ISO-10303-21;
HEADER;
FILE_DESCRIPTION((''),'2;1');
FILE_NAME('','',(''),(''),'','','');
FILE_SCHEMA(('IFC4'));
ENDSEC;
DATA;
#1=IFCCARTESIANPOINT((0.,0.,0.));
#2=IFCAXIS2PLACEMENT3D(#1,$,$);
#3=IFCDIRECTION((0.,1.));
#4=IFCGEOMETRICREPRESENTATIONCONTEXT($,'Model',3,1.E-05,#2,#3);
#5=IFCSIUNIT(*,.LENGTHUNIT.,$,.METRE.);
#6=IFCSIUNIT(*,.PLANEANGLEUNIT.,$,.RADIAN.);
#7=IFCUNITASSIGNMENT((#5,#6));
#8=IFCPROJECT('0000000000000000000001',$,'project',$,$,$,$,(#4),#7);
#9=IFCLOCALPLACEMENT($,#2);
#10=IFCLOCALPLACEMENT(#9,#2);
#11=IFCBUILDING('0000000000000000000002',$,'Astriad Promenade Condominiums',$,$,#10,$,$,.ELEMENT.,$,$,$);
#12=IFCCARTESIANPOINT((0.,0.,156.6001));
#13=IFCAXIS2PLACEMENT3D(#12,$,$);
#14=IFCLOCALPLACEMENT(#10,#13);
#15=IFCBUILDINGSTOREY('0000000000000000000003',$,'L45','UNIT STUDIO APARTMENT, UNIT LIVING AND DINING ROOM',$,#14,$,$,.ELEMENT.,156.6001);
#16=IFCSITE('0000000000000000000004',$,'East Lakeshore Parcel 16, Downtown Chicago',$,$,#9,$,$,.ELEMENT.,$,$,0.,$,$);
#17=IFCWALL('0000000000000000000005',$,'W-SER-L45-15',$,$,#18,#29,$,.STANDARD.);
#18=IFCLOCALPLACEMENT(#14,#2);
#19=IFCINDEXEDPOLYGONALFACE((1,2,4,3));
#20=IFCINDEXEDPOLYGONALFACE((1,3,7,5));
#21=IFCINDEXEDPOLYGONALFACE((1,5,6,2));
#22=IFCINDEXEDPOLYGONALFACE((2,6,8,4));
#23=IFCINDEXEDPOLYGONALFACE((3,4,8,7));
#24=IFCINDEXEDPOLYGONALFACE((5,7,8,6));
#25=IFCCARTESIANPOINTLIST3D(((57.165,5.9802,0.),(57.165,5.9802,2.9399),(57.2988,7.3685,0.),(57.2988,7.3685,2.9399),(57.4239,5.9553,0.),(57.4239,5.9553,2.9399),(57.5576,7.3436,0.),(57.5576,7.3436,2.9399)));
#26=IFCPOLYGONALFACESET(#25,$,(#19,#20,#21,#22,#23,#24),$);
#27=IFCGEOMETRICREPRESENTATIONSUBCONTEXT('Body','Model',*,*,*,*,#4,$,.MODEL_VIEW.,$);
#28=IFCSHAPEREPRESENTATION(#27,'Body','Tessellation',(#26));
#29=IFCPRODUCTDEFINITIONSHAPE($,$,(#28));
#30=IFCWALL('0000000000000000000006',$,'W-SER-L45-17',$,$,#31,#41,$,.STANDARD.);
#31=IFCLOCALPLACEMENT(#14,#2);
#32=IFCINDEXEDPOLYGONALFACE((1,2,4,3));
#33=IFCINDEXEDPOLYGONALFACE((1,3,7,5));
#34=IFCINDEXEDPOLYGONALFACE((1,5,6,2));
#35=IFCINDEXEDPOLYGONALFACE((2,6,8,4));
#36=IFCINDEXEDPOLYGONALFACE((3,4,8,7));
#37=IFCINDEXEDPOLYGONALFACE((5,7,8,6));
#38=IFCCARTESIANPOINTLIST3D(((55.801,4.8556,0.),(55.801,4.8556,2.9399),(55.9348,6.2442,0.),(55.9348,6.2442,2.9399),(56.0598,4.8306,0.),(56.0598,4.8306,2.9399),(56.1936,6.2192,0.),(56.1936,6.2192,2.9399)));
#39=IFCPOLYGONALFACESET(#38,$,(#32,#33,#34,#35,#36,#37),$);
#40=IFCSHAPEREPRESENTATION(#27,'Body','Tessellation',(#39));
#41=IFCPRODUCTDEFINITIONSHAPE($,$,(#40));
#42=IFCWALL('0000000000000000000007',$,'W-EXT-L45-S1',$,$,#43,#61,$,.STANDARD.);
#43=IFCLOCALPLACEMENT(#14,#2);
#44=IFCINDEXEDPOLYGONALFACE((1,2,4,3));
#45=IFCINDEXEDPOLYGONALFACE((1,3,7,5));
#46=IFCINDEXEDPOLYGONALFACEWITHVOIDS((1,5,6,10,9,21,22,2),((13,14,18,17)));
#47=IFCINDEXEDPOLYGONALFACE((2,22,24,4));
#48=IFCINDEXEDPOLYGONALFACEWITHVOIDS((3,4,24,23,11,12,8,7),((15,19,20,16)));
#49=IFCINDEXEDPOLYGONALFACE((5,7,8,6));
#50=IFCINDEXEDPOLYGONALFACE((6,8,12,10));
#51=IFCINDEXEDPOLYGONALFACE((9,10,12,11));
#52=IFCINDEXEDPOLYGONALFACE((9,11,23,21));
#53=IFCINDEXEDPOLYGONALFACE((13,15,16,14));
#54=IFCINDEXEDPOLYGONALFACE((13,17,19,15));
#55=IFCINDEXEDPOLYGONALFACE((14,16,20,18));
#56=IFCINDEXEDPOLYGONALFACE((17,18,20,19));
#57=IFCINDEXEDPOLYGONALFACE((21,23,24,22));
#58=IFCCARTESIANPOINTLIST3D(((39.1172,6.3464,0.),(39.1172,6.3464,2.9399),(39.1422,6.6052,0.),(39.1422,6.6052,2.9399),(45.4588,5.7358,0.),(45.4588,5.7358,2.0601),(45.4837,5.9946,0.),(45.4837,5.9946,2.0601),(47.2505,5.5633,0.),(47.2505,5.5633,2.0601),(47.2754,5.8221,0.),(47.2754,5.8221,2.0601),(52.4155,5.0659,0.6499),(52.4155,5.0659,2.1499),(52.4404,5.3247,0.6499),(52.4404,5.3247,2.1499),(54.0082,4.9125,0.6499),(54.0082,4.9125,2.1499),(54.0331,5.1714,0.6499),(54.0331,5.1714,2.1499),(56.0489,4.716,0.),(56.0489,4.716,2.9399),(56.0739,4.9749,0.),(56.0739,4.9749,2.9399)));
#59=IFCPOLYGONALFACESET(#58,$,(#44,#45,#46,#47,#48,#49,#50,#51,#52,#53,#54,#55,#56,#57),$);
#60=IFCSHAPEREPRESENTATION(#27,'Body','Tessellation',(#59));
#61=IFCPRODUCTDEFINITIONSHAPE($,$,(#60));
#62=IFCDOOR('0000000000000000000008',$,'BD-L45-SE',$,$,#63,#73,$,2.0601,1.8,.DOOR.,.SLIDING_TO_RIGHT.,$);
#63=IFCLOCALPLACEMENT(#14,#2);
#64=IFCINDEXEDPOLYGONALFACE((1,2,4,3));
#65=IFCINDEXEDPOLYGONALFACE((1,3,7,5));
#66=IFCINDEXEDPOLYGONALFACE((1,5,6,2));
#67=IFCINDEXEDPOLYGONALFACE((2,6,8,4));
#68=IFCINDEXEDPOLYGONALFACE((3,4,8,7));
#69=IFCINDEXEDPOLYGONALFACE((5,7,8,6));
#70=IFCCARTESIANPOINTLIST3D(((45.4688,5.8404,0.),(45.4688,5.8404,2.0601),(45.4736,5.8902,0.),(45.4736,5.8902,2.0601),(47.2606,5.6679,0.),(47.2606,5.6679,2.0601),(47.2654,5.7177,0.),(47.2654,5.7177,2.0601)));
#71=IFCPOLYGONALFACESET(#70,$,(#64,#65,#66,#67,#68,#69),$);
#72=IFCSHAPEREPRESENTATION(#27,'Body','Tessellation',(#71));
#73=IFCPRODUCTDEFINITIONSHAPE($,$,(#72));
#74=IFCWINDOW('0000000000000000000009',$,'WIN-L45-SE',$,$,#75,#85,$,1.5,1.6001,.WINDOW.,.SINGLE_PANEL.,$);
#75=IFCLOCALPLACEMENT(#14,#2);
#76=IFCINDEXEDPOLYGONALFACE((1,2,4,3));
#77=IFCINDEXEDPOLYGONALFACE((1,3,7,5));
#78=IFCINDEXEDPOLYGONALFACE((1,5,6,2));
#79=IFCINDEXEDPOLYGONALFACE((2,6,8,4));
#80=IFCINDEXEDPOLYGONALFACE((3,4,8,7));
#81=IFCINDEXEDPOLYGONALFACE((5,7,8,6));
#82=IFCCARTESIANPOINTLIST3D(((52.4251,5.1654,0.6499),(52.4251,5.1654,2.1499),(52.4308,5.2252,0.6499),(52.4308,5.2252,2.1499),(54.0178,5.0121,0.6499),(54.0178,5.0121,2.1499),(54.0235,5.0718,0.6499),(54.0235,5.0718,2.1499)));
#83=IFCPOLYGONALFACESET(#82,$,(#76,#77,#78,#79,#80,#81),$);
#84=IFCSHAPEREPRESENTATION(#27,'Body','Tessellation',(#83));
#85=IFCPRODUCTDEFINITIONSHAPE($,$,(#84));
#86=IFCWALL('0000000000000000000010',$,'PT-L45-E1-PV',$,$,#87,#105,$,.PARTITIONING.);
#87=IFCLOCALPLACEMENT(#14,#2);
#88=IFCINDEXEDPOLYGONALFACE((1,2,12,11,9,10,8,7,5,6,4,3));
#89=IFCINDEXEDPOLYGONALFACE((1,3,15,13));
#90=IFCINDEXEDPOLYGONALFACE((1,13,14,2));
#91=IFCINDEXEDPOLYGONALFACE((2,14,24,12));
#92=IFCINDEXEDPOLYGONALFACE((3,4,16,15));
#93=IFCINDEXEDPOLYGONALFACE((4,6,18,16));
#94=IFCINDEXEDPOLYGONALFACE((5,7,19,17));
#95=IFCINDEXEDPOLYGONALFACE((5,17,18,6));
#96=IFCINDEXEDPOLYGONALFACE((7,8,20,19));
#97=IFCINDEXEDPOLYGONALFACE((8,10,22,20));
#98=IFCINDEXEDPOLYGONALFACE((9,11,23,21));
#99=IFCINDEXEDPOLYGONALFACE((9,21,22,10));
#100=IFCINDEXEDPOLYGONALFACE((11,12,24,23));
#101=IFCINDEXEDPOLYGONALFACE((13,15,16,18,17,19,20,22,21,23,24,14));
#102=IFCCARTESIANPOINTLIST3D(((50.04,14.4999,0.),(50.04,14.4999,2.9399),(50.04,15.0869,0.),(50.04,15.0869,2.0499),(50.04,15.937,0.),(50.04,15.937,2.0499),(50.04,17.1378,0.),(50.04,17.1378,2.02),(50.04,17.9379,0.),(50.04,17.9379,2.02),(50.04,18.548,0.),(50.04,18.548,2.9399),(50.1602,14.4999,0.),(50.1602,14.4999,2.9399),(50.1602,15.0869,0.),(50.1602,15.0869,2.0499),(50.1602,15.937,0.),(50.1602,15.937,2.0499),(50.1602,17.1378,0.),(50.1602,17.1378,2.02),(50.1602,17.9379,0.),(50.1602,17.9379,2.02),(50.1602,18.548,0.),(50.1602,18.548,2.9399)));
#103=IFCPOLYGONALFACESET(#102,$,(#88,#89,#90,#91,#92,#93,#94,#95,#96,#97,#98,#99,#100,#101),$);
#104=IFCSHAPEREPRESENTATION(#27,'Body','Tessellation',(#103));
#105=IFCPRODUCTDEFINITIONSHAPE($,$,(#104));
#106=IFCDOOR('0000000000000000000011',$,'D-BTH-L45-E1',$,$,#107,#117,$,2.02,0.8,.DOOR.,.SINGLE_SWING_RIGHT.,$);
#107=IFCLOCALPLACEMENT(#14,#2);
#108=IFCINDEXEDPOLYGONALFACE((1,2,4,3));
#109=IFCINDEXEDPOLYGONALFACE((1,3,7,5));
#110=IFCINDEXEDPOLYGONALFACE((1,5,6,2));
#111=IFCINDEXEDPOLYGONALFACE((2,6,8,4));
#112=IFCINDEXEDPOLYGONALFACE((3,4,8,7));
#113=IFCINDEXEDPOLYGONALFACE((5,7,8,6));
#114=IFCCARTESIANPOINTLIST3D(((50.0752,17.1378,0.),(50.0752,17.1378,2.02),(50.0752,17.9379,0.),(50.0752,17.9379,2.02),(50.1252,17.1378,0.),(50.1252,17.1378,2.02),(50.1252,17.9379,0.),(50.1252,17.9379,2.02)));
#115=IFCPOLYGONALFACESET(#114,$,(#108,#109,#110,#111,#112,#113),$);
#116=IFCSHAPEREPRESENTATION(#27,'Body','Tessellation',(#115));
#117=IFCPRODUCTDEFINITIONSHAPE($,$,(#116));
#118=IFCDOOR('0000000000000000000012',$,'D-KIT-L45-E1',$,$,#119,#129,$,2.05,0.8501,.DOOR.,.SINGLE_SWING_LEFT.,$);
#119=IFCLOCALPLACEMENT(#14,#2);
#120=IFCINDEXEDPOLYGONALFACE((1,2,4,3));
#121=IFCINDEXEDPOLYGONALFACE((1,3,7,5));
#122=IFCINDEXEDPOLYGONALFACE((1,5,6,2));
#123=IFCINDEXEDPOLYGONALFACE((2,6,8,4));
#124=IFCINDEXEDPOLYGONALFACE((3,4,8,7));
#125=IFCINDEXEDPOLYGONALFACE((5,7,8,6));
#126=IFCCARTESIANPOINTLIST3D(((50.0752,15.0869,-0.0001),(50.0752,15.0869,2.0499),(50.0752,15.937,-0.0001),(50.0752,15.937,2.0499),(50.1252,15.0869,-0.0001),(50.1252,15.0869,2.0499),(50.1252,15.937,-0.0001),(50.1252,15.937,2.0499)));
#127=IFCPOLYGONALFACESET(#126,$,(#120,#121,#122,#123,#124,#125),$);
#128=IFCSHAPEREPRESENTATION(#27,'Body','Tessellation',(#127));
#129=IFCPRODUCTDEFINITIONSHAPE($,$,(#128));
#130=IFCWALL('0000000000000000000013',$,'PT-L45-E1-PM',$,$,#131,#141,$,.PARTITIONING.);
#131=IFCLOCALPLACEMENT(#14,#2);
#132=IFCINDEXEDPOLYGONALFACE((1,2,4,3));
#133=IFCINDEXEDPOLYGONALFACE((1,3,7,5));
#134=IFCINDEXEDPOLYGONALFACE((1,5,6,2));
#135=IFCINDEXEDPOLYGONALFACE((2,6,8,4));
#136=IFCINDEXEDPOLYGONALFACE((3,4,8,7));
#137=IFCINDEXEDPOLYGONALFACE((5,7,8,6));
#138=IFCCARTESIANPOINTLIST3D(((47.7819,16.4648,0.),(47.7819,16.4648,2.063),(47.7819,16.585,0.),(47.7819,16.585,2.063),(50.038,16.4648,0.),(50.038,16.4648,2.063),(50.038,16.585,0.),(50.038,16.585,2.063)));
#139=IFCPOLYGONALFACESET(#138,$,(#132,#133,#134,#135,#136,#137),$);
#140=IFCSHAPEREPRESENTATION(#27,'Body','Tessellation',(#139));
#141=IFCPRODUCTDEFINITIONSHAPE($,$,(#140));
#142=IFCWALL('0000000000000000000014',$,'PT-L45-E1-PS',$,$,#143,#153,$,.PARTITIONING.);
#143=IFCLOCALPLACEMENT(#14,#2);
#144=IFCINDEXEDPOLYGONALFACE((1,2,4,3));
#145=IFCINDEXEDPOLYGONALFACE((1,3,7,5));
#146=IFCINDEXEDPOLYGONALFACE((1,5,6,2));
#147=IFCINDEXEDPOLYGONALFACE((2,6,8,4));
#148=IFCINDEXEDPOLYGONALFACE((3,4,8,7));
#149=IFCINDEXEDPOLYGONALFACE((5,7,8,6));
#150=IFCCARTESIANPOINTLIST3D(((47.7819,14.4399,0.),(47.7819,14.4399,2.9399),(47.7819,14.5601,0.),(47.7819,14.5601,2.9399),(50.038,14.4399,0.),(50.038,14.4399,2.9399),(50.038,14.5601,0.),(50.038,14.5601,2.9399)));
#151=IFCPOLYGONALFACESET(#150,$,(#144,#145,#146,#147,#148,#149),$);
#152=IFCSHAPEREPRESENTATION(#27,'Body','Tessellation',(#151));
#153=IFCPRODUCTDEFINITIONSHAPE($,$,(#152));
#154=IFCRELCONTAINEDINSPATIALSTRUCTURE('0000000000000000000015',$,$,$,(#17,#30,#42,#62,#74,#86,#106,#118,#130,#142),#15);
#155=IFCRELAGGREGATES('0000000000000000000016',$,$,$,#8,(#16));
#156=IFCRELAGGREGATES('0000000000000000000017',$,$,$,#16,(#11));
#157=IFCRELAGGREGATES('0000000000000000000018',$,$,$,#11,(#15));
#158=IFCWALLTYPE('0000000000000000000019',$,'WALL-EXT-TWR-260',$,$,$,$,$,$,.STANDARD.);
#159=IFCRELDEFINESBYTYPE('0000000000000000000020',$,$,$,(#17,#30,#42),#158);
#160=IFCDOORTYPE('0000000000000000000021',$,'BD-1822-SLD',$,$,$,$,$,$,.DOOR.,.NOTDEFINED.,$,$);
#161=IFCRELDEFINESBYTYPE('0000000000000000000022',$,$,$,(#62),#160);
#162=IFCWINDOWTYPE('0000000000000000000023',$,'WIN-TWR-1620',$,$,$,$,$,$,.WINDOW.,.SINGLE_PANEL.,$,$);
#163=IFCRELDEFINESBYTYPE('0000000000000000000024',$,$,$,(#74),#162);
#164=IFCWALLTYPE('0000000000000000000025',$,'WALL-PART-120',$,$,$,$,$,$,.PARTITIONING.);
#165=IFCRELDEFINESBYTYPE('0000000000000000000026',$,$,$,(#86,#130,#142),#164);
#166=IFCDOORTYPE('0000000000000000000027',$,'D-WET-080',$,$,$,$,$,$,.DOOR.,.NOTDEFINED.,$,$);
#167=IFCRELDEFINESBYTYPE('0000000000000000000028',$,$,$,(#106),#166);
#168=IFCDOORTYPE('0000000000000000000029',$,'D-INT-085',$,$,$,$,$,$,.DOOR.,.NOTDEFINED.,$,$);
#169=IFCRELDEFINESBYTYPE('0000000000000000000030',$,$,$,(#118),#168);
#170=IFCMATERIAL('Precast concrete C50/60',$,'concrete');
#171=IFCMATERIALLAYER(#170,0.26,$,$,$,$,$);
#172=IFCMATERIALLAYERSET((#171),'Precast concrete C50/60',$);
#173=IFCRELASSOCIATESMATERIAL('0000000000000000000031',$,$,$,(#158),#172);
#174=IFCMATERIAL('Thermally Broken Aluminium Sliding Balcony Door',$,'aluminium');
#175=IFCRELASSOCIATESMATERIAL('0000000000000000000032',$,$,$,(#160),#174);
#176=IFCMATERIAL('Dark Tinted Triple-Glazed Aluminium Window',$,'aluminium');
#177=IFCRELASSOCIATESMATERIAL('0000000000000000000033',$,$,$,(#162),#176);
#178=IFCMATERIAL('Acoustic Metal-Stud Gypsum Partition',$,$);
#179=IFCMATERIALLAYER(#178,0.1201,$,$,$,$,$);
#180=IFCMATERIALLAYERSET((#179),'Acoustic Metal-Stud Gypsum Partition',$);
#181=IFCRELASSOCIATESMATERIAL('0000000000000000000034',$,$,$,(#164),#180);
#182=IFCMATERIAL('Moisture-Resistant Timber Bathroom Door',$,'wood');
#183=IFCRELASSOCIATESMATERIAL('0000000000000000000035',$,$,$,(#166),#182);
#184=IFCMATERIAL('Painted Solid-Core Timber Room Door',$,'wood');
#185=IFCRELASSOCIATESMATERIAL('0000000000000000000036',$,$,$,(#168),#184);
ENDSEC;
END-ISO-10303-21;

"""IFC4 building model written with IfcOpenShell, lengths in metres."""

from ifc_helpers import new_model, si_unit, direction, frame, frame_2d, origin, place, context, subcontext, project, spatial, rectangle, extrude, source, transform, mapped, material, layer, layer_set, type_object, type_shapes, element, fill, save


model = new_model("IFC4")

# Units and contexts
model_context = context("Model", 3, precision=1e-05, world=origin(), true_north=direction((0.0, 1.0)))
body_context = subcontext(model_context, "Body", "Model", "MODEL_VIEW")
ifc_project = project(units=[si_unit("LENGTHUNIT", "METRE"), si_unit("PLANEANGLEUNIT", "RADIAN")], contexts=[model_context])

# Site, building, storey
site_placement = place(None, origin())
site = spatial("IfcSite", under=ifc_project, at=site_placement, Name="East Lakeshore Parcel 16, Downtown Chicago", CompositionType="ELEMENT", RefElevation=0.0)
building_placement = place(site_placement, origin())
building = spatial("IfcBuilding", under=site, at=building_placement, Name="Astriad Promenade Condominiums", CompositionType="ELEMENT")
storey_placement = place(building_placement, frame((0.0, 0.0, 156.6001)))
storey = spatial("IfcBuildingStorey", under=building, at=storey_placement, Name="L45", Description="UNIT STUDIO APARTMENT, UNIT LIVING AND DINING ROOM", CompositionType="ELEMENT", Elevation=156.6001)

# Walls
ifc_material_1 = material(Name="Precast concrete C50/60", Category="concrete")
ifc_layer_1 = layer(ifc_material_1, 0.26)
ifc_layer_set_1 = layer_set([ifc_layer_1], Name="Precast concrete C50/60")
wall_type_1 = type_object("IfcWallType", Name="WALL-EXT-TWR-260", PredefinedType="STANDARD", material=ifc_layer_set_1)
wall_1_placement = place(storey_placement, frame((57.4282, 7.356, 0.0), z_axis=(0.0, 0.0, 1.0), x_axis=(-0.095916, -0.995389, 0.0)))
element("IfcWall", 1, at=wall_1_placement, inside=storey, type_object=wall_type_1, Name="W-SER-L45-15", PredefinedType="STANDARD", context=body_context, shape_type="SweptSolid", body=[
    extrude(rectangle(XDim=1.3948, YDim=0.26, at=frame_2d((0.6973, 0.0))), origin(), (0.0, 0.0, 1.0), 2.9399),
])
wall_2_placement = place(storey_placement, frame((56.0642, 6.2317, 0.0), z_axis=(0.0, 0.0, 1.0), x_axis=(-0.095899, -0.995391, 0.0)))
element("IfcWall", 2, at=wall_2_placement, inside=storey, type_object=wall_type_1, Name="W-SER-L45-17", PredefinedType="STANDARD", context=body_context, shape_type="SweptSolid", body=[
    extrude(rectangle(XDim=1.395, YDim=0.26, at=frame_2d((0.6975, 0.0))), origin(), (0.0, 0.0, 1.0), 2.9399),
])

# Wall, openings, door, window
wall_3_placement = place(storey_placement, frame((56.0613, 4.8455, 0.0), z_axis=(0.0, 0.0, 1.0), x_axis=(-0.995396, 0.095848, 0.0)))
wall_3 = element("IfcWall", 3, at=wall_3_placement, inside=storey, type_object=wall_type_1, Name="W-EXT-L45-S1", PredefinedType="STANDARD", context=body_context, shape_type="SweptSolid", body=[
    extrude(rectangle(XDim=17.01, YDim=0.26, at=frame_2d((8.5049, 0.0))), origin(), (0.0, 0.0, 1.0), 2.9399),
])
opening_1_placement = place(wall_3_placement, frame((8.8391, 0.0, 0.0)))
opening_1 = element("IfcOpeningElement", 4, at=opening_1_placement, cuts=wall_3, PredefinedType="OPENING", context=body_context, shape_type="SweptSolid", body=[
    extrude(rectangle(XDim=1.8, YDim=2.0601, at=frame_2d((0.8999, 1.03))), frame((0.0, 0.1399, 0.0), z_axis=(0.0, -1.0, 0.0), x_axis=(1.0, 0.0, 0.0)), (0.0, 0.0, 1.0), 0.28),
])
opening_2_placement = place(wall_3_placement, frame((2.05, 0.0, 0.6499)))
opening_2 = element("IfcOpeningElement", 5, at=opening_2_placement, cuts=wall_3, PredefinedType="OPENING", context=body_context, shape_type="SweptSolid", body=[
    extrude(rectangle(XDim=1.6001, YDim=1.5, at=frame_2d((0.8, 0.75))), frame((0.0, 0.1399, 0.0), z_axis=(0.0, -1.0, 0.0), x_axis=(1.0, 0.0, 0.0)), (0.0, 0.0, 1.0), 0.28),
])
ifc_material_2 = material(Name="Thermally Broken Aluminium Sliding Balcony Door", Category="aluminium")
door_type_1 = type_object("IfcDoorType", Name="BD-1822-SLD", OperationType="NOTDEFINED", PredefinedType="DOOR", material=ifc_material_2)
shared_shape_1 = source(origin(), body_context, "Body", "SweptSolid", [
    extrude(rectangle(XDim=1.8, YDim=2.0601, at=frame_2d((0.8999, 1.03))), frame((0.0, 0.0249, 0.0), z_axis=(0.0, -1.0, 0.0), x_axis=(1.0, 0.0, 0.0)), (0.0, 0.0, 1.0), 0.05),
])
type_shapes(door_type_1, [shared_shape_1])
door_1_placement = place(opening_1_placement, origin())
door_1 = element("IfcDoor", 6, at=door_1_placement, inside=storey, type_object=door_type_1, Name="BD-L45-SE", OperationType="SLIDING_TO_RIGHT", OverallHeight=2.0601, OverallWidth=1.8, PredefinedType="DOOR", context=body_context, shape_type="MappedRepresentation", body=[
    mapped(shared_shape_1, transform((0.0, 0.0, 0.0), scale=1.0)),
])
fill(opening_1, door_1)
ifc_material_3 = material(Name="Dark Tinted Triple-Glazed Aluminium Window", Category="aluminium")
window_type = type_object("IfcWindowType", Name="WIN-TWR-1620", PartitioningType="SINGLE_PANEL", PredefinedType="WINDOW", material=ifc_material_3)
shared_shape_2 = source(origin(), body_context, "Body", "SweptSolid", [
    extrude(rectangle(XDim=1.6001, YDim=1.5, at=frame_2d((0.8, 0.75))), frame((0.0, 0.03, 0.0), z_axis=(0.0, -1.0, 0.0), x_axis=(1.0, 0.0, 0.0)), (0.0, 0.0, 1.0), 0.0601),
])
type_shapes(window_type, [shared_shape_2])
window_placement = place(opening_2_placement, origin())
window = element("IfcWindow", 7, at=window_placement, inside=storey, type_object=window_type, Name="WIN-L45-SE", OverallHeight=1.5, OverallWidth=1.6001, PartitioningType="SINGLE_PANEL", PredefinedType="WINDOW", context=body_context, shape_type="MappedRepresentation", body=[
    mapped(shared_shape_2, transform((0.0, 0.0, 0.0), scale=1.0)),
])
fill(opening_2, window)

# Wall, openings, doors
ifc_material_4 = material(Name="Acoustic Metal-Stud Gypsum Partition")
ifc_layer_2 = layer(ifc_material_4, 0.1201)
ifc_layer_set_2 = layer_set([ifc_layer_2], Name="Acoustic Metal-Stud Gypsum Partition")
wall_type_2 = type_object("IfcWallType", Name="WALL-PART-120", PredefinedType="PARTITIONING", material=ifc_layer_set_2)
wall_4_placement = place(storey_placement, frame((50.1001, 14.5, 0.0), z_axis=(0.0, 0.0, 1.0), x_axis=(0.0, 1.0, 0.0)))
wall_4 = element("IfcWall", 8, at=wall_4_placement, inside=storey, type_object=wall_type_2, Name="PT-L45-E1-PV", PredefinedType="PARTITIONING", context=body_context, shape_type="SweptSolid", body=[
    extrude(rectangle(XDim=4.0481, YDim=0.1201, at=frame_2d((2.0239, 0.0))), origin(), (0.0, 0.0, 1.0), 2.9399),
])
opening_3_placement = place(wall_4_placement, frame((0.5869, 0.0, 0.0)))
opening_3 = element("IfcOpeningElement", 9, at=opening_3_placement, cuts=wall_4, PredefinedType="OPENING", context=body_context, shape_type="SweptSolid", body=[
    extrude(rectangle(XDim=0.8501, YDim=2.05, at=frame_2d((0.425, 1.0249))), frame((0.0, 0.0701, 0.0), z_axis=(0.0, -1.0, 0.0), x_axis=(1.0, 0.0, 0.0)), (0.0, 0.0, 1.0), 0.1401),
])
opening_4_placement = place(wall_4_placement, frame((2.6379, 0.0, 0.0)))
opening_4 = element("IfcOpeningElement", 10, at=opening_4_placement, cuts=wall_4, PredefinedType="OPENING", context=body_context, shape_type="SweptSolid", body=[
    extrude(rectangle(XDim=0.8, YDim=2.02, at=frame_2d((0.3999, 1.01))), frame((0.0, 0.0701, 0.0), z_axis=(0.0, -1.0, 0.0), x_axis=(1.0, 0.0, 0.0)), (0.0, 0.0, 1.0), 0.1401),
])
ifc_material_5 = material(Name="Moisture-Resistant Timber Bathroom Door", Category="wood")
door_type_2 = type_object("IfcDoorType", Name="D-WET-080", OperationType="NOTDEFINED", PredefinedType="DOOR", material=ifc_material_5)
shared_shape_3 = source(origin(), body_context, "Body", "SweptSolid", [
    extrude(rectangle(XDim=0.8, YDim=2.02, at=frame_2d((0.3999, 1.01))), frame((0.0, 0.0249, 0.0), z_axis=(0.0, -1.0, 0.0), x_axis=(1.0, 0.0, 0.0)), (0.0, 0.0, 1.0), 0.05),
])
type_shapes(door_type_2, [shared_shape_3])
door_2_placement = place(opening_4_placement, origin())
door_2 = element("IfcDoor", 11, at=door_2_placement, inside=storey, type_object=door_type_2, Name="D-BTH-L45-E1", OperationType="SINGLE_SWING_RIGHT", OverallHeight=2.02, OverallWidth=0.8, PredefinedType="DOOR", context=body_context, shape_type="MappedRepresentation", body=[
    mapped(shared_shape_3, transform((0.0, 0.0, 0.0), scale=1.0)),
])
fill(opening_4, door_2)
ifc_material_6 = material(Name="Painted Solid-Core Timber Room Door", Category="wood")
door_type_3 = type_object("IfcDoorType", Name="D-INT-085", OperationType="NOTDEFINED", PredefinedType="DOOR", material=ifc_material_6)
shared_shape_4 = source(origin(), body_context, "Body", "SweptSolid", [
    extrude(rectangle(XDim=0.8501, YDim=2.05, at=frame_2d((0.425, 1.0249))), frame((0.0, 0.0249, 0.0), z_axis=(0.0, -1.0, 0.0), x_axis=(1.0, 0.0, 0.0)), (0.0, 0.0, 1.0), 0.05),
])
type_shapes(door_type_3, [shared_shape_4])
door_3_placement = place(opening_3_placement, origin())
door_3 = element("IfcDoor", 12, at=door_3_placement, inside=storey, type_object=door_type_3, Name="D-KIT-L45-E1", OperationType="SINGLE_SWING_LEFT", OverallHeight=2.05, OverallWidth=0.8501, PredefinedType="DOOR", context=body_context, shape_type="MappedRepresentation", body=[
    mapped(shared_shape_4, transform((0.0, 0.0, 0.0), scale=1.0)),
])
fill(opening_3, door_3)

# Walls
wall_5_placement = place(storey_placement, frame((47.782, 16.5249, 0.0), z_axis=(0.0, 0.0, 1.0), x_axis=(1.0, 0.0, 0.0)))
element("IfcWall", 13, at=wall_5_placement, inside=storey, type_object=wall_type_2, Name="PT-L45-E1-PM", PredefinedType="PARTITIONING", context=body_context, shape_type="SweptSolid", body=[
    extrude(rectangle(XDim=2.2561, YDim=0.1201, at=frame_2d((1.1279, 0.0))), origin(), (0.0, 0.0, 1.0), 2.063),
])
wall_6_placement = place(storey_placement, frame((47.782, 14.5, 0.0), z_axis=(0.0, 0.0, 1.0), x_axis=(1.0, 0.0, 0.0)))
element("IfcWall", 14, at=wall_6_placement, inside=storey, type_object=wall_type_2, Name="PT-L45-E1-PS", PredefinedType="PARTITIONING", context=body_context, shape_type="SweptSolid", body=[
    extrude(rectangle(XDim=2.2561, YDim=0.1201, at=frame_2d((1.1279, 0.0))), origin(), (0.0, 0.0, 1.0), 2.9399),
])

save(model, "model.ifc")
